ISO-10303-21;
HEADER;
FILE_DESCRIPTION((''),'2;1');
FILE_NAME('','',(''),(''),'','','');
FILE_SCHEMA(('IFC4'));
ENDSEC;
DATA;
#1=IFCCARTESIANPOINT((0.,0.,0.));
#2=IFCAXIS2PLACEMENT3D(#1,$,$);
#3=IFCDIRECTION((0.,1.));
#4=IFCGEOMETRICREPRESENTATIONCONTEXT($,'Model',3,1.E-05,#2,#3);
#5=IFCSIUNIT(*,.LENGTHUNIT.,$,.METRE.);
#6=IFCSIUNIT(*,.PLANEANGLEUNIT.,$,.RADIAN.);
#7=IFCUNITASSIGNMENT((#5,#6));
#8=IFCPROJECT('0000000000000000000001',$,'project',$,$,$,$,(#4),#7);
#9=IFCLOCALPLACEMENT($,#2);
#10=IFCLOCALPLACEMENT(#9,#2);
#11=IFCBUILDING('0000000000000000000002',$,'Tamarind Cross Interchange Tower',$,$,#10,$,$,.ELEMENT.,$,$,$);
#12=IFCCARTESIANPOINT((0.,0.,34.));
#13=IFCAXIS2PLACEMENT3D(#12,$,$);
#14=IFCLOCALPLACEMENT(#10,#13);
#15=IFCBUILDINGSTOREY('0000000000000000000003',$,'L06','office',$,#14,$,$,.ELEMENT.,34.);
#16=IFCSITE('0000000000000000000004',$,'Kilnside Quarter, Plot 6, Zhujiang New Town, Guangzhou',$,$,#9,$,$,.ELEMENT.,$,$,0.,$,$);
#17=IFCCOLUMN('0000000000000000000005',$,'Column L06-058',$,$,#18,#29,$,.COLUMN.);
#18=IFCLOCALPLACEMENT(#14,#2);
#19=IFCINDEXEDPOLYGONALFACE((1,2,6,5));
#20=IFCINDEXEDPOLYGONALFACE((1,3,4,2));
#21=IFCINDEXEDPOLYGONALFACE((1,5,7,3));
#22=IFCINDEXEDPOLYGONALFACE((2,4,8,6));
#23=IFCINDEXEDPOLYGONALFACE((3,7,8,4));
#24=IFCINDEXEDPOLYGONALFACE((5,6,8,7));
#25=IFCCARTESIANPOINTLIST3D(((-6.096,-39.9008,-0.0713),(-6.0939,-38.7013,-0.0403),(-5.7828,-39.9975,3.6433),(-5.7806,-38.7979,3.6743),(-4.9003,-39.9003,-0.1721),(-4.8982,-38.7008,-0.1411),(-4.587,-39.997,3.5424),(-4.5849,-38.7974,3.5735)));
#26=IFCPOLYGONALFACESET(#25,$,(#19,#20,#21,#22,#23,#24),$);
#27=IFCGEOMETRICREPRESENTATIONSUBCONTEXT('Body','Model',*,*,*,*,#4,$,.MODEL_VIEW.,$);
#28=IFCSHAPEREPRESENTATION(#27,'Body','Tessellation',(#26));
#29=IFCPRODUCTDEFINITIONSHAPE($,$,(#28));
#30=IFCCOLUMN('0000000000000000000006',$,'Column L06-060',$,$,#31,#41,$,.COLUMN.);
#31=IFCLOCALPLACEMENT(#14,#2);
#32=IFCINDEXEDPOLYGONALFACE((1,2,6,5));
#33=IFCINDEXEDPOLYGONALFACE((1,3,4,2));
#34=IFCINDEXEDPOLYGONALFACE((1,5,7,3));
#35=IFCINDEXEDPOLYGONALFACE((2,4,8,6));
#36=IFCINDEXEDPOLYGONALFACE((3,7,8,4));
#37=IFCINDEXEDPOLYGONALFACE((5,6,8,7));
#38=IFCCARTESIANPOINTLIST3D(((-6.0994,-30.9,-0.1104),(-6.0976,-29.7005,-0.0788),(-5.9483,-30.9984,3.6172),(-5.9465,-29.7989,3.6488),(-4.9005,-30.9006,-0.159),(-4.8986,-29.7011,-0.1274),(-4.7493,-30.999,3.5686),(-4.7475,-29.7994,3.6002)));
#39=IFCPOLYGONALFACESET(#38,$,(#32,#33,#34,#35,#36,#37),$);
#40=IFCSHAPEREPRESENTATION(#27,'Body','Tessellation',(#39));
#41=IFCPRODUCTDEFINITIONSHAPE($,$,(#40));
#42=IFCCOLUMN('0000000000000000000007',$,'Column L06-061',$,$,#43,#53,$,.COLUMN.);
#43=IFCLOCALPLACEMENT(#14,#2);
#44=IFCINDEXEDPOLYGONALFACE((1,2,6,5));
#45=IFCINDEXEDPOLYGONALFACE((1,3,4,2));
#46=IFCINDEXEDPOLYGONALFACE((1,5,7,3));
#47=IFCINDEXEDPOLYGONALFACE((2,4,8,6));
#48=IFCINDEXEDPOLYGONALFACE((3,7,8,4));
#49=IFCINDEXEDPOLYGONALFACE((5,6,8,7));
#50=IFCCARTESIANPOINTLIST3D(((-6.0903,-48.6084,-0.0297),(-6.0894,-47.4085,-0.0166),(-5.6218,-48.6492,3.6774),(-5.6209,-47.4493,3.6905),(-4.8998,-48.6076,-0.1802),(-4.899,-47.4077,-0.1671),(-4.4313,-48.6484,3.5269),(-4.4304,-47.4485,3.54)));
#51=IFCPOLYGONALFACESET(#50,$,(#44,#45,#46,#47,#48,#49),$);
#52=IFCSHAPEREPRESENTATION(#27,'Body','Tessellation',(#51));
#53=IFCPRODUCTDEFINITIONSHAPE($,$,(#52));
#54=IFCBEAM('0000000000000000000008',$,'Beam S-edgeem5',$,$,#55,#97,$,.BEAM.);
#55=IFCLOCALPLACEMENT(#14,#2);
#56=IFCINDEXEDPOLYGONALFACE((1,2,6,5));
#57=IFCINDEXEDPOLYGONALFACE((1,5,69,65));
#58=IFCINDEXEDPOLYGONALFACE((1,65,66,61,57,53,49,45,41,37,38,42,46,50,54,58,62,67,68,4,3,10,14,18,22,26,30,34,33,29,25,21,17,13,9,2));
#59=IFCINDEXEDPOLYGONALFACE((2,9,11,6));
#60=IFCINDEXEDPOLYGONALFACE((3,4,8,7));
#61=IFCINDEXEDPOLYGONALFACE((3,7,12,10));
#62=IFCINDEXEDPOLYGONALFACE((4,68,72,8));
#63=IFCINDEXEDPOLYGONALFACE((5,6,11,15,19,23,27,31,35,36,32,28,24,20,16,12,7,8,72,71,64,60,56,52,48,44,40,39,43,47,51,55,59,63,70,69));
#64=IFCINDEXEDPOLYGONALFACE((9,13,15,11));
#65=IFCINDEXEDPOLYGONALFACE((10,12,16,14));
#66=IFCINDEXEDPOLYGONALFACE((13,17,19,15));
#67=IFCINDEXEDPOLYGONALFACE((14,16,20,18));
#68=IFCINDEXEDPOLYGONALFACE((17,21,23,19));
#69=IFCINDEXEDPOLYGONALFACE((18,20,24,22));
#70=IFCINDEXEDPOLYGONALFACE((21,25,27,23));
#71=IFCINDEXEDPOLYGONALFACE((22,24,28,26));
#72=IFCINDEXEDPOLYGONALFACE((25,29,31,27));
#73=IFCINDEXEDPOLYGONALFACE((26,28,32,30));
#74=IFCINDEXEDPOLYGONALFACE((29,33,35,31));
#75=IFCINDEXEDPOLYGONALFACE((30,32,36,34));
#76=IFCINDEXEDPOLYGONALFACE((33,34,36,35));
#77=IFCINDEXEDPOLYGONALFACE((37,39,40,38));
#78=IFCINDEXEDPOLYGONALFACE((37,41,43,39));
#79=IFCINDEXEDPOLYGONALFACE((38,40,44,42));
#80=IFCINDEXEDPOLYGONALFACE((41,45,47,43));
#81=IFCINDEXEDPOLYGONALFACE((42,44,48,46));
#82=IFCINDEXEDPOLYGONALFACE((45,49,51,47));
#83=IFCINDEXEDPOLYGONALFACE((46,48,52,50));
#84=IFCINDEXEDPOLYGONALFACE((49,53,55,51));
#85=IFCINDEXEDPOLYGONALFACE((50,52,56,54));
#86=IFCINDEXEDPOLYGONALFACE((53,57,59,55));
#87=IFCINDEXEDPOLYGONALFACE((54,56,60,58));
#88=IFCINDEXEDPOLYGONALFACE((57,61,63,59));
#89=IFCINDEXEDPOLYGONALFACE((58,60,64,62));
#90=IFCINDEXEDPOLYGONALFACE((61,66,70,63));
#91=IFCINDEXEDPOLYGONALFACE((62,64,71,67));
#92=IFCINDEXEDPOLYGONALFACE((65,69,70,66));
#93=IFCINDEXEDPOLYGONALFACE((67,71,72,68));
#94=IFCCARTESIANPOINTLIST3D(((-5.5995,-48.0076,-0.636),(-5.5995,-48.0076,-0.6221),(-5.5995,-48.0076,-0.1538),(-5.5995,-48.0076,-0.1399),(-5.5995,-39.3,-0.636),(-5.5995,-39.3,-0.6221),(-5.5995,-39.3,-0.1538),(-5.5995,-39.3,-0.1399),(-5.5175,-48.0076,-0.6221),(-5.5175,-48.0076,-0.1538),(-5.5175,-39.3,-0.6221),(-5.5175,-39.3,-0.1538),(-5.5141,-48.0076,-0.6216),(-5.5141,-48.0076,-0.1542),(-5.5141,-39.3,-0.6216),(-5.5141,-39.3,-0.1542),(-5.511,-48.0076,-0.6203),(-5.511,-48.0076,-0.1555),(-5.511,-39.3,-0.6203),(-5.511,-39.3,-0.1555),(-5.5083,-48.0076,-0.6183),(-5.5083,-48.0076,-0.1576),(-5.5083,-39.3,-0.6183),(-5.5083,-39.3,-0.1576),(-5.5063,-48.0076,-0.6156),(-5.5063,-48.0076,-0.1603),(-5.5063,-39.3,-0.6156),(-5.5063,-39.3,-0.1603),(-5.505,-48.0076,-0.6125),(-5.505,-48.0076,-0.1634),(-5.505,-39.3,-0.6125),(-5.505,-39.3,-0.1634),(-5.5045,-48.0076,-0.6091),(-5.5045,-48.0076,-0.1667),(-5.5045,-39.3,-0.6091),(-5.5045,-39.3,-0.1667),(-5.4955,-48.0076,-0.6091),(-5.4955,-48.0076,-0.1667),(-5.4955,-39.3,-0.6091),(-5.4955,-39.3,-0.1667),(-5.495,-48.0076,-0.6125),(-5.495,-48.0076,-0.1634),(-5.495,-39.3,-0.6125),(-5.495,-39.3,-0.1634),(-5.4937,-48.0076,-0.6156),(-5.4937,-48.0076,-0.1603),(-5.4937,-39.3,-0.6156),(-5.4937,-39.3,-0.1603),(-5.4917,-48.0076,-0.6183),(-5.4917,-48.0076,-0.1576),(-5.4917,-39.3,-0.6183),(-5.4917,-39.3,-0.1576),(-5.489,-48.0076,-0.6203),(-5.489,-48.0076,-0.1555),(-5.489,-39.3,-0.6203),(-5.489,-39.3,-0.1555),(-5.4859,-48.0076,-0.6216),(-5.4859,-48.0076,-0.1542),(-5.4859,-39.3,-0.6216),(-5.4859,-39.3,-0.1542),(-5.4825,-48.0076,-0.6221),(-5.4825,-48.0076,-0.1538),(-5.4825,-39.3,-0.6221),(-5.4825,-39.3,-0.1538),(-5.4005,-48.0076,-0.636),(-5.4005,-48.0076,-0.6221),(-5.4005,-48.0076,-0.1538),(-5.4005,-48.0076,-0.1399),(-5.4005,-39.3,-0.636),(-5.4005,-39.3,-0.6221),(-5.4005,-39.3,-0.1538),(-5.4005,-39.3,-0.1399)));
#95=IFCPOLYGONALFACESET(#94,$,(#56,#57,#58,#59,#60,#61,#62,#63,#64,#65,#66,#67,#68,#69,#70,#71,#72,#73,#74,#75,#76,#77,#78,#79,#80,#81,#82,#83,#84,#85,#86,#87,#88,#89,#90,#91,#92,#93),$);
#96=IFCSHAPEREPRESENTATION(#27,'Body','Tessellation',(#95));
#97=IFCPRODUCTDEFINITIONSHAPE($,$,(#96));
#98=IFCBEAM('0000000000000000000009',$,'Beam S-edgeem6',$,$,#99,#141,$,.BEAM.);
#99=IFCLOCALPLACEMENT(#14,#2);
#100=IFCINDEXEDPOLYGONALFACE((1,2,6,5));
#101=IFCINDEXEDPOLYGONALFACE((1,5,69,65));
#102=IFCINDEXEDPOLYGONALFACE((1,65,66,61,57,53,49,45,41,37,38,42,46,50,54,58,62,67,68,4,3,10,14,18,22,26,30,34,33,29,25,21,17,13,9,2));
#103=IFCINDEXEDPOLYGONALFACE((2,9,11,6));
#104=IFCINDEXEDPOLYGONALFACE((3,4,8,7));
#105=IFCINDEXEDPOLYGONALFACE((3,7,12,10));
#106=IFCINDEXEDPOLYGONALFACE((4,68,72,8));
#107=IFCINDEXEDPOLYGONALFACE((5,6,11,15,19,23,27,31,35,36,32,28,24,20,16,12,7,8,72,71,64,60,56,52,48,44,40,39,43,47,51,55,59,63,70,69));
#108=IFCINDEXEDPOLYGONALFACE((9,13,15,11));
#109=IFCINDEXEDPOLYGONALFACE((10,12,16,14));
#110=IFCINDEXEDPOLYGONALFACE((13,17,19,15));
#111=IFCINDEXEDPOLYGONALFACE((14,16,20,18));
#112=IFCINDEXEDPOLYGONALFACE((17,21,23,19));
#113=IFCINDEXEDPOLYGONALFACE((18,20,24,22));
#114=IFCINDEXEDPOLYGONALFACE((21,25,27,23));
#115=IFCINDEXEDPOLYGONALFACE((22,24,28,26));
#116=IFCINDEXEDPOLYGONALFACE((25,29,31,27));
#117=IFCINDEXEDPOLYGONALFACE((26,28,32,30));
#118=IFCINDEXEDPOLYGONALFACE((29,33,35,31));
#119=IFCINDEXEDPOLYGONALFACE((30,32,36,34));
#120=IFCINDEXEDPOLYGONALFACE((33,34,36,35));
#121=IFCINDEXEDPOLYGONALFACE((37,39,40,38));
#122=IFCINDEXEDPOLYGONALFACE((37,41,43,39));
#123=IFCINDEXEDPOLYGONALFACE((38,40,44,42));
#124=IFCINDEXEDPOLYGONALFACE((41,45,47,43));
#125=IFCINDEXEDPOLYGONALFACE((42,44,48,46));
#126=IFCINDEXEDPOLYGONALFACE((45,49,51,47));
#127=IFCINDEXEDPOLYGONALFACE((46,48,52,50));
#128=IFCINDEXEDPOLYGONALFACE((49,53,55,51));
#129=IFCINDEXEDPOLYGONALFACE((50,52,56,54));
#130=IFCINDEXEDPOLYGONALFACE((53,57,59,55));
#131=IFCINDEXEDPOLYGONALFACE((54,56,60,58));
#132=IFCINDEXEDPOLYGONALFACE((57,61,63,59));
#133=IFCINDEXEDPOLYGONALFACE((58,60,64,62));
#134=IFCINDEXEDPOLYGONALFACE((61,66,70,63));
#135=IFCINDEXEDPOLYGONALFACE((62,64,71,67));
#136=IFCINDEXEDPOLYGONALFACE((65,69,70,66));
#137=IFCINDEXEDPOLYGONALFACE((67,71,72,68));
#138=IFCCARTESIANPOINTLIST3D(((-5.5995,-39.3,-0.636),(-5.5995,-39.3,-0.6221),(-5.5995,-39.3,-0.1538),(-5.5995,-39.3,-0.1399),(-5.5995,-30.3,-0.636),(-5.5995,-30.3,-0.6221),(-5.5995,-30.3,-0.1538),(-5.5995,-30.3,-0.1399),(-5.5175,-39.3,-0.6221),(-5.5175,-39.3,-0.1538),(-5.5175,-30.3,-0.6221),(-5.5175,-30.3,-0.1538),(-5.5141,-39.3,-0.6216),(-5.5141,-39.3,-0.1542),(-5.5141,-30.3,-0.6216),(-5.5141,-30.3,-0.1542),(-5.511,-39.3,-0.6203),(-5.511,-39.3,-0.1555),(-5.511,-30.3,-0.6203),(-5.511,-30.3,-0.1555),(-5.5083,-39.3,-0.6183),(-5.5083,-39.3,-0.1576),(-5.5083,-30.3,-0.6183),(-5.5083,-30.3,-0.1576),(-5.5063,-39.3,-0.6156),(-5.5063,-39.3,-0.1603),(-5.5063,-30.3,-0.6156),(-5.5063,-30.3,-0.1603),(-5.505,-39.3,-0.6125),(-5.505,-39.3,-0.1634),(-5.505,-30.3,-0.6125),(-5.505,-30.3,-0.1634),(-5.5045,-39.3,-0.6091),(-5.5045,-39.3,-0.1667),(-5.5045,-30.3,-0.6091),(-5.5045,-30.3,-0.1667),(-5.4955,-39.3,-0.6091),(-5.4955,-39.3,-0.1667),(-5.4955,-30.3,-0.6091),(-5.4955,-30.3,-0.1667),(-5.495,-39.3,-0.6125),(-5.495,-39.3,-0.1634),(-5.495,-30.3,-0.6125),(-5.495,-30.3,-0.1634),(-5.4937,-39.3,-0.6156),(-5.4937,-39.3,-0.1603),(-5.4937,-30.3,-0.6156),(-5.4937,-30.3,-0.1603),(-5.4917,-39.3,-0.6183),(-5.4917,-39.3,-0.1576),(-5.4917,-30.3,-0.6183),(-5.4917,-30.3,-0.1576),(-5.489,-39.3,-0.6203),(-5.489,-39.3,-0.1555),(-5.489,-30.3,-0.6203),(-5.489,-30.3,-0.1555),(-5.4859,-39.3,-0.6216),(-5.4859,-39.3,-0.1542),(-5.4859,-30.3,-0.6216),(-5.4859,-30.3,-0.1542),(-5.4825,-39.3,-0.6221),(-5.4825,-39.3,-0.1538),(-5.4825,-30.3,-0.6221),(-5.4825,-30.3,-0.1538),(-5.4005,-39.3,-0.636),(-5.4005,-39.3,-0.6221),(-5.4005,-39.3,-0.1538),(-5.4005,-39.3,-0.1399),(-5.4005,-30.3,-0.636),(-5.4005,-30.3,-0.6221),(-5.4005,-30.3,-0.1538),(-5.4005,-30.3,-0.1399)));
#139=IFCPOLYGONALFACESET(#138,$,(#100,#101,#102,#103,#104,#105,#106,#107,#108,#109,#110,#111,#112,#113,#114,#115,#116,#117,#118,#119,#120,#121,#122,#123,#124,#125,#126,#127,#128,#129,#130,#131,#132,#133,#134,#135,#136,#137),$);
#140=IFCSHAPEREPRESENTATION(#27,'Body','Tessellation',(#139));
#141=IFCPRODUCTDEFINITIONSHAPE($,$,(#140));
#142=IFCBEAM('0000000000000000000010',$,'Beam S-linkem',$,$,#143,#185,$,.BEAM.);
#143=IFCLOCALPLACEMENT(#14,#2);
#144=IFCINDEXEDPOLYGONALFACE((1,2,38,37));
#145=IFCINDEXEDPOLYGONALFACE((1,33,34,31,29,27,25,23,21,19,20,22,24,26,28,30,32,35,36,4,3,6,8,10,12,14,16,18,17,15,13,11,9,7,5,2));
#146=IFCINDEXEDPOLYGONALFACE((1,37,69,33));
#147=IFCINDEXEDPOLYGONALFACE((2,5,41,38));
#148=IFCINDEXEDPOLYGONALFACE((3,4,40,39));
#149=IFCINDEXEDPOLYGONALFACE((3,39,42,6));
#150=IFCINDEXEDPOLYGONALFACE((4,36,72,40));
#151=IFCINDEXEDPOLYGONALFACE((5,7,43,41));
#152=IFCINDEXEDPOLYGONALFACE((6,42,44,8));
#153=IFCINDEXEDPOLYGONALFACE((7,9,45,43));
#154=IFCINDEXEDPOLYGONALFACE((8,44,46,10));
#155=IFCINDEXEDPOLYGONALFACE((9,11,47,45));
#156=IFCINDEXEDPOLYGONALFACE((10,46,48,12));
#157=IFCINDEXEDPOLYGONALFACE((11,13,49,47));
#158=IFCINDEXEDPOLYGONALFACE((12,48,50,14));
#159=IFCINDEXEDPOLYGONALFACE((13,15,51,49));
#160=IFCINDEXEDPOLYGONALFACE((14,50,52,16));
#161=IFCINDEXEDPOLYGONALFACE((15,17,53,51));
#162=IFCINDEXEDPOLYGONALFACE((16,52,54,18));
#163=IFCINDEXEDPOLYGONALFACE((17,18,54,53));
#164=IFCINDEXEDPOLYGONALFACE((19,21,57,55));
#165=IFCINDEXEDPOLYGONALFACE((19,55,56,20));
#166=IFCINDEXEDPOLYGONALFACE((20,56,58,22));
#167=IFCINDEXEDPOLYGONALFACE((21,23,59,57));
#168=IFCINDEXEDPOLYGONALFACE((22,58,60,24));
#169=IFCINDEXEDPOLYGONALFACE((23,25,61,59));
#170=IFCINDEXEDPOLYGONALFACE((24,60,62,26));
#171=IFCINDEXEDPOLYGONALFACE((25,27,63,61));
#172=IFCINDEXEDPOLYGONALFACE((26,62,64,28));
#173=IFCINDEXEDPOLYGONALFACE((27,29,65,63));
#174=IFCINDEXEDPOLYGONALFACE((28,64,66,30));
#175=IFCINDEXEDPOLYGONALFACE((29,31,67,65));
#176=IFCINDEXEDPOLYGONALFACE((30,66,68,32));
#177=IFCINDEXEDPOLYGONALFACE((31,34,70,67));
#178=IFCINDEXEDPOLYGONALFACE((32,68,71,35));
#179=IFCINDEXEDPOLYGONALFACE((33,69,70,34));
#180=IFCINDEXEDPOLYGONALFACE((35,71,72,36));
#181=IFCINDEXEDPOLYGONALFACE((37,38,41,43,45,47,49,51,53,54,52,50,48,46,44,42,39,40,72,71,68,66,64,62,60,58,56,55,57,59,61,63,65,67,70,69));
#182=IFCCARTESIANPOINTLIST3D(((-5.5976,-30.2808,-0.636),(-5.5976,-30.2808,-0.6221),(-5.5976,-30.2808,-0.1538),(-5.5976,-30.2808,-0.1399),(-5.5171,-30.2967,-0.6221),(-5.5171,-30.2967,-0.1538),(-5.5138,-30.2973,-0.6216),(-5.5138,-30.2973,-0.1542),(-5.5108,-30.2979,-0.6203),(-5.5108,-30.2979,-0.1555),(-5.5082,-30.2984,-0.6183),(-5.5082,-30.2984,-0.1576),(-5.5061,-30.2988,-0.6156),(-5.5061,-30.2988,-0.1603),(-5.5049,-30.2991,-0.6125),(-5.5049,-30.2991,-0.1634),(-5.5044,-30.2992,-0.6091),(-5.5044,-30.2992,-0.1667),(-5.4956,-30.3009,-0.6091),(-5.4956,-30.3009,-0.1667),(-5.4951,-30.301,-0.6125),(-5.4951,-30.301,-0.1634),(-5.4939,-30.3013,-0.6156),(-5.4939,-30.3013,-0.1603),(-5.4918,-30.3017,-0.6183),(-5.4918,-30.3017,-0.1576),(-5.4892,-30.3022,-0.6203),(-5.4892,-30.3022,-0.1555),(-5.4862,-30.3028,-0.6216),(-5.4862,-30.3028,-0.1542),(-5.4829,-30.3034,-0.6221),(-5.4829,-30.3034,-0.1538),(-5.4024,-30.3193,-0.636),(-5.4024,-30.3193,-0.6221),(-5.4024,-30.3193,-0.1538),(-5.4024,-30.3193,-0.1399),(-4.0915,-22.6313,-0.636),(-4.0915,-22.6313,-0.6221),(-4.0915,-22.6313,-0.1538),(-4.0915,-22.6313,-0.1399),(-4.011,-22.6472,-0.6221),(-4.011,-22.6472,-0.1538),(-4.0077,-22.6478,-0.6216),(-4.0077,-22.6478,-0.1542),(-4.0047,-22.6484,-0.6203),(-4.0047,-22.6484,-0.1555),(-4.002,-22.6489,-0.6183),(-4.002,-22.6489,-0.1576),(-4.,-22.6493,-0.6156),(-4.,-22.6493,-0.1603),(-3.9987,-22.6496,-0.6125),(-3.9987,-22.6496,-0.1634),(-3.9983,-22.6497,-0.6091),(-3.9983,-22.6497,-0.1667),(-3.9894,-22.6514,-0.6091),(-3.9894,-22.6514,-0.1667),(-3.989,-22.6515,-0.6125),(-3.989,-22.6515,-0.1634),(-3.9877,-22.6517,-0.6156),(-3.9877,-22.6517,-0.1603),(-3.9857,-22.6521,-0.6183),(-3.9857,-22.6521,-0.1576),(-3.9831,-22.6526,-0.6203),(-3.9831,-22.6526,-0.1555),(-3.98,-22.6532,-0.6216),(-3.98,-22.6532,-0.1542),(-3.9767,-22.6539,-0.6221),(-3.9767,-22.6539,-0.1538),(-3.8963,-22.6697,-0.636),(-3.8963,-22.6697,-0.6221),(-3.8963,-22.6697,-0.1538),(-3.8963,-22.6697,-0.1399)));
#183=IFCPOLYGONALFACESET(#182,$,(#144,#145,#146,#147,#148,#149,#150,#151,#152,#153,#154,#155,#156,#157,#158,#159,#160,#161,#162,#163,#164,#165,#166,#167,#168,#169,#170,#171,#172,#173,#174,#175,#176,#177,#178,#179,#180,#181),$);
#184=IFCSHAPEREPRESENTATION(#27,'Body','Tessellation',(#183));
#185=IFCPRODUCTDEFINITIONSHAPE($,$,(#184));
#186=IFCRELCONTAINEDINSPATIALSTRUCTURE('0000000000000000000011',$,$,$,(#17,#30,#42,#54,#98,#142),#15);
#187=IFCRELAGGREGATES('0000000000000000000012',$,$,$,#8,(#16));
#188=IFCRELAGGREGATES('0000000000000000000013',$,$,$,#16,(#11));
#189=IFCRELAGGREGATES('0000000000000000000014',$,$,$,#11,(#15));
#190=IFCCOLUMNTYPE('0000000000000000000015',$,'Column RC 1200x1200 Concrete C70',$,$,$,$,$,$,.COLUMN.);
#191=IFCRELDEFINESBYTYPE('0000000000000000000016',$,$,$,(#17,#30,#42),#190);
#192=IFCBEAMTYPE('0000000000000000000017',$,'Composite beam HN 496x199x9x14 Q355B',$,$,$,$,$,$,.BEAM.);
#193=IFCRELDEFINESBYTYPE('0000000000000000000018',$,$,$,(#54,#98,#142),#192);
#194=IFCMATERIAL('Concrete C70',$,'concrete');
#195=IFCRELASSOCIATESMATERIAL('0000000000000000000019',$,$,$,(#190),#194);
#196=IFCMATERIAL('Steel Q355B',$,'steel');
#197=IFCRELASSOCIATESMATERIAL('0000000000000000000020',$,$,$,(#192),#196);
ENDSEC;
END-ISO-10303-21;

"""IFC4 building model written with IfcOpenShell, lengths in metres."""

from ifc_helpers import new_model, si_unit, direction, frame, origin, origin_2d, place, context, subcontext, project, spatial, rectangle, i_section, extrude, material, material_profile, profile_set, type_object, element, save


model = new_model("IFC4")

# Units and contexts
model_context = context("Model", 3, precision=1e-05, world=origin(), true_north=direction((0.0, 1.0)))
body_context = subcontext(model_context, "Body", "Model", "MODEL_VIEW")
ifc_project = project(units=[si_unit("LENGTHUNIT", "METRE"), si_unit("PLANEANGLEUNIT", "RADIAN")], contexts=[model_context])

# Site, building, storey
site_placement = place(None, origin())
site = spatial("IfcSite", under=ifc_project, at=site_placement, Name="Kilnside Quarter, Plot 6, Zhujiang New Town, Guangzhou", CompositionType="ELEMENT", RefElevation=0.0)
building_placement = place(site_placement, origin())
building = spatial("IfcBuilding", under=site, at=building_placement, Name="Tamarind Cross Interchange Tower", CompositionType="ELEMENT")
storey_placement = place(building_placement, frame((0.0, 0.0, 34.0)))
storey = spatial("IfcBuildingStorey", under=building, at=storey_placement, Name="L06", Description="office", CompositionType="ELEMENT", Elevation=34.0)

# Columns
ifc_material_1 = material(Name="Concrete C70", Category="concrete")
ifc_material_profile_1 = material_profile(ifc_material_1, rectangle(XDim=1.2, YDim=1.2, at=origin_2d()), Name="RC 1200x1200")
ifc_profile_set_1 = profile_set([ifc_material_profile_1], Name="Concrete C70")
column_type = type_object("IfcColumnType", Name="Column RC 1200x1200 Concrete C70", PredefinedType="COLUMN", material=ifc_profile_set_1)
column_1_placement = place(storey_placement, frame((-5.4971, -39.3008, -0.1062), z_axis=(0.083998, -0.025926, 0.996129), x_axis=(0.001767, 0.999664, 0.025869)))
element("IfcColumn", 1, at=column_1_placement, inside=storey, type_object=column_type, Name="Column L06-058", PredefinedType="COLUMN", context=body_context, shape_type="SweptSolid", body=[
    extrude(rectangle(XDim=1.2, YDim=1.2, at=origin_2d()), origin(), (0.0, 0.0, 1.0), 3.729),
])
column_2_placement = place(storey_placement, frame((-5.499, -30.3005, -0.1189), z_axis=(0.040495, -0.026364, 0.998832), x_axis=(0.001547, 0.999652, 0.026323)))
element("IfcColumn", 2, at=column_2_placement, inside=storey, type_object=column_type, Name="Column L06-060", PredefinedType="COLUMN", context=body_context, shape_type="SweptSolid", body=[
    extrude(rectangle(XDim=1.2, YDim=1.2, at=origin_2d()), origin(), (0.0, 0.0, 1.0), 3.7319),
])
column_3_placement = place(storey_placement, frame((-5.4946, -48.0081, -0.0984), z_axis=(0.125378, -0.010911, 0.992049), x_axis=(0.000709, 0.99994, 0.010908)))
element("IfcColumn", 3, at=column_3_placement, inside=storey, type_object=column_type, Name="Column L06-061", PredefinedType="COLUMN", context=body_context, shape_type="SweptSolid", body=[
    extrude(rectangle(XDim=1.2, YDim=1.2, at=origin_2d()), origin(), (0.0, 0.0, 1.0), 3.7368),
])

# Beams
ifc_material_2 = material(Name="Steel Q355B", Category="steel")
ifc_material_profile_2 = material_profile(ifc_material_2, i_section(OverallWidth=0.199, OverallDepth=0.4961, WebThickness=0.009, FlangeThickness=0.0139, FilletRadius=0.0129, at=origin_2d()), Name="HN 496x199x9x14")
ifc_profile_set_2 = profile_set([ifc_material_profile_2], Name="Steel Q355B")
beam_type_1 = type_object("IfcBeamType", Name="Composite beam HN 496x199x9x14 Q355B", PredefinedType="BEAM", material=ifc_profile_set_2)
beam_1_placement = place(storey_placement, frame((-5.5, -48.0076, -0.3879), z_axis=(0.0, 1.0, 0.0), x_axis=(-1.0, 0.0, 0.0)))
element("IfcBeam", 4, at=beam_1_placement, inside=storey, type_object=beam_type_1, Name="Beam S-edgeem5", PredefinedType="BEAM", context=body_context, shape_type="SweptSolid", body=[
    extrude(i_section(OverallWidth=0.199, OverallDepth=0.4961, WebThickness=0.009, FlangeThickness=0.0139, FilletRadius=0.0129, at=origin_2d()), origin(), (0.0, 0.0, 1.0), 8.7075),
])
beam_2_placement = place(storey_placement, frame((-5.5, -39.3, -0.3879), z_axis=(0.0, 1.0, 0.0), x_axis=(-1.0, 0.0, 0.0)))
element("IfcBeam", 5, at=beam_2_placement, inside=storey, type_object=beam_type_1, Name="Beam S-edgeem6", PredefinedType="BEAM", context=body_context, shape_type="SweptSolid", body=[
    extrude(i_section(OverallWidth=0.199, OverallDepth=0.4961, WebThickness=0.009, FlangeThickness=0.0139, FilletRadius=0.0129, at=origin_2d()), origin(), (0.0, 0.0, 1.0), 9.0),
])
beam_3_placement = place(storey_placement, frame((-5.5, -30.3, -0.3879), z_axis=(0.193182, 0.981163, 0.0), x_axis=(-0.981163, 0.193182, 0.0)))
element("IfcBeam", 6, at=beam_3_placement, inside=storey, type_object=beam_type_1, Name="Beam S-linkem", PredefinedType="BEAM", context=body_context, shape_type="SweptSolid", body=[
    extrude(i_section(OverallWidth=0.199, OverallDepth=0.4961, WebThickness=0.009, FlangeThickness=0.0139, FilletRadius=0.0129, at=origin_2d()), origin(), (0.0, 0.0, 1.0), 7.7964),
])

save(model, "model.ifc")
